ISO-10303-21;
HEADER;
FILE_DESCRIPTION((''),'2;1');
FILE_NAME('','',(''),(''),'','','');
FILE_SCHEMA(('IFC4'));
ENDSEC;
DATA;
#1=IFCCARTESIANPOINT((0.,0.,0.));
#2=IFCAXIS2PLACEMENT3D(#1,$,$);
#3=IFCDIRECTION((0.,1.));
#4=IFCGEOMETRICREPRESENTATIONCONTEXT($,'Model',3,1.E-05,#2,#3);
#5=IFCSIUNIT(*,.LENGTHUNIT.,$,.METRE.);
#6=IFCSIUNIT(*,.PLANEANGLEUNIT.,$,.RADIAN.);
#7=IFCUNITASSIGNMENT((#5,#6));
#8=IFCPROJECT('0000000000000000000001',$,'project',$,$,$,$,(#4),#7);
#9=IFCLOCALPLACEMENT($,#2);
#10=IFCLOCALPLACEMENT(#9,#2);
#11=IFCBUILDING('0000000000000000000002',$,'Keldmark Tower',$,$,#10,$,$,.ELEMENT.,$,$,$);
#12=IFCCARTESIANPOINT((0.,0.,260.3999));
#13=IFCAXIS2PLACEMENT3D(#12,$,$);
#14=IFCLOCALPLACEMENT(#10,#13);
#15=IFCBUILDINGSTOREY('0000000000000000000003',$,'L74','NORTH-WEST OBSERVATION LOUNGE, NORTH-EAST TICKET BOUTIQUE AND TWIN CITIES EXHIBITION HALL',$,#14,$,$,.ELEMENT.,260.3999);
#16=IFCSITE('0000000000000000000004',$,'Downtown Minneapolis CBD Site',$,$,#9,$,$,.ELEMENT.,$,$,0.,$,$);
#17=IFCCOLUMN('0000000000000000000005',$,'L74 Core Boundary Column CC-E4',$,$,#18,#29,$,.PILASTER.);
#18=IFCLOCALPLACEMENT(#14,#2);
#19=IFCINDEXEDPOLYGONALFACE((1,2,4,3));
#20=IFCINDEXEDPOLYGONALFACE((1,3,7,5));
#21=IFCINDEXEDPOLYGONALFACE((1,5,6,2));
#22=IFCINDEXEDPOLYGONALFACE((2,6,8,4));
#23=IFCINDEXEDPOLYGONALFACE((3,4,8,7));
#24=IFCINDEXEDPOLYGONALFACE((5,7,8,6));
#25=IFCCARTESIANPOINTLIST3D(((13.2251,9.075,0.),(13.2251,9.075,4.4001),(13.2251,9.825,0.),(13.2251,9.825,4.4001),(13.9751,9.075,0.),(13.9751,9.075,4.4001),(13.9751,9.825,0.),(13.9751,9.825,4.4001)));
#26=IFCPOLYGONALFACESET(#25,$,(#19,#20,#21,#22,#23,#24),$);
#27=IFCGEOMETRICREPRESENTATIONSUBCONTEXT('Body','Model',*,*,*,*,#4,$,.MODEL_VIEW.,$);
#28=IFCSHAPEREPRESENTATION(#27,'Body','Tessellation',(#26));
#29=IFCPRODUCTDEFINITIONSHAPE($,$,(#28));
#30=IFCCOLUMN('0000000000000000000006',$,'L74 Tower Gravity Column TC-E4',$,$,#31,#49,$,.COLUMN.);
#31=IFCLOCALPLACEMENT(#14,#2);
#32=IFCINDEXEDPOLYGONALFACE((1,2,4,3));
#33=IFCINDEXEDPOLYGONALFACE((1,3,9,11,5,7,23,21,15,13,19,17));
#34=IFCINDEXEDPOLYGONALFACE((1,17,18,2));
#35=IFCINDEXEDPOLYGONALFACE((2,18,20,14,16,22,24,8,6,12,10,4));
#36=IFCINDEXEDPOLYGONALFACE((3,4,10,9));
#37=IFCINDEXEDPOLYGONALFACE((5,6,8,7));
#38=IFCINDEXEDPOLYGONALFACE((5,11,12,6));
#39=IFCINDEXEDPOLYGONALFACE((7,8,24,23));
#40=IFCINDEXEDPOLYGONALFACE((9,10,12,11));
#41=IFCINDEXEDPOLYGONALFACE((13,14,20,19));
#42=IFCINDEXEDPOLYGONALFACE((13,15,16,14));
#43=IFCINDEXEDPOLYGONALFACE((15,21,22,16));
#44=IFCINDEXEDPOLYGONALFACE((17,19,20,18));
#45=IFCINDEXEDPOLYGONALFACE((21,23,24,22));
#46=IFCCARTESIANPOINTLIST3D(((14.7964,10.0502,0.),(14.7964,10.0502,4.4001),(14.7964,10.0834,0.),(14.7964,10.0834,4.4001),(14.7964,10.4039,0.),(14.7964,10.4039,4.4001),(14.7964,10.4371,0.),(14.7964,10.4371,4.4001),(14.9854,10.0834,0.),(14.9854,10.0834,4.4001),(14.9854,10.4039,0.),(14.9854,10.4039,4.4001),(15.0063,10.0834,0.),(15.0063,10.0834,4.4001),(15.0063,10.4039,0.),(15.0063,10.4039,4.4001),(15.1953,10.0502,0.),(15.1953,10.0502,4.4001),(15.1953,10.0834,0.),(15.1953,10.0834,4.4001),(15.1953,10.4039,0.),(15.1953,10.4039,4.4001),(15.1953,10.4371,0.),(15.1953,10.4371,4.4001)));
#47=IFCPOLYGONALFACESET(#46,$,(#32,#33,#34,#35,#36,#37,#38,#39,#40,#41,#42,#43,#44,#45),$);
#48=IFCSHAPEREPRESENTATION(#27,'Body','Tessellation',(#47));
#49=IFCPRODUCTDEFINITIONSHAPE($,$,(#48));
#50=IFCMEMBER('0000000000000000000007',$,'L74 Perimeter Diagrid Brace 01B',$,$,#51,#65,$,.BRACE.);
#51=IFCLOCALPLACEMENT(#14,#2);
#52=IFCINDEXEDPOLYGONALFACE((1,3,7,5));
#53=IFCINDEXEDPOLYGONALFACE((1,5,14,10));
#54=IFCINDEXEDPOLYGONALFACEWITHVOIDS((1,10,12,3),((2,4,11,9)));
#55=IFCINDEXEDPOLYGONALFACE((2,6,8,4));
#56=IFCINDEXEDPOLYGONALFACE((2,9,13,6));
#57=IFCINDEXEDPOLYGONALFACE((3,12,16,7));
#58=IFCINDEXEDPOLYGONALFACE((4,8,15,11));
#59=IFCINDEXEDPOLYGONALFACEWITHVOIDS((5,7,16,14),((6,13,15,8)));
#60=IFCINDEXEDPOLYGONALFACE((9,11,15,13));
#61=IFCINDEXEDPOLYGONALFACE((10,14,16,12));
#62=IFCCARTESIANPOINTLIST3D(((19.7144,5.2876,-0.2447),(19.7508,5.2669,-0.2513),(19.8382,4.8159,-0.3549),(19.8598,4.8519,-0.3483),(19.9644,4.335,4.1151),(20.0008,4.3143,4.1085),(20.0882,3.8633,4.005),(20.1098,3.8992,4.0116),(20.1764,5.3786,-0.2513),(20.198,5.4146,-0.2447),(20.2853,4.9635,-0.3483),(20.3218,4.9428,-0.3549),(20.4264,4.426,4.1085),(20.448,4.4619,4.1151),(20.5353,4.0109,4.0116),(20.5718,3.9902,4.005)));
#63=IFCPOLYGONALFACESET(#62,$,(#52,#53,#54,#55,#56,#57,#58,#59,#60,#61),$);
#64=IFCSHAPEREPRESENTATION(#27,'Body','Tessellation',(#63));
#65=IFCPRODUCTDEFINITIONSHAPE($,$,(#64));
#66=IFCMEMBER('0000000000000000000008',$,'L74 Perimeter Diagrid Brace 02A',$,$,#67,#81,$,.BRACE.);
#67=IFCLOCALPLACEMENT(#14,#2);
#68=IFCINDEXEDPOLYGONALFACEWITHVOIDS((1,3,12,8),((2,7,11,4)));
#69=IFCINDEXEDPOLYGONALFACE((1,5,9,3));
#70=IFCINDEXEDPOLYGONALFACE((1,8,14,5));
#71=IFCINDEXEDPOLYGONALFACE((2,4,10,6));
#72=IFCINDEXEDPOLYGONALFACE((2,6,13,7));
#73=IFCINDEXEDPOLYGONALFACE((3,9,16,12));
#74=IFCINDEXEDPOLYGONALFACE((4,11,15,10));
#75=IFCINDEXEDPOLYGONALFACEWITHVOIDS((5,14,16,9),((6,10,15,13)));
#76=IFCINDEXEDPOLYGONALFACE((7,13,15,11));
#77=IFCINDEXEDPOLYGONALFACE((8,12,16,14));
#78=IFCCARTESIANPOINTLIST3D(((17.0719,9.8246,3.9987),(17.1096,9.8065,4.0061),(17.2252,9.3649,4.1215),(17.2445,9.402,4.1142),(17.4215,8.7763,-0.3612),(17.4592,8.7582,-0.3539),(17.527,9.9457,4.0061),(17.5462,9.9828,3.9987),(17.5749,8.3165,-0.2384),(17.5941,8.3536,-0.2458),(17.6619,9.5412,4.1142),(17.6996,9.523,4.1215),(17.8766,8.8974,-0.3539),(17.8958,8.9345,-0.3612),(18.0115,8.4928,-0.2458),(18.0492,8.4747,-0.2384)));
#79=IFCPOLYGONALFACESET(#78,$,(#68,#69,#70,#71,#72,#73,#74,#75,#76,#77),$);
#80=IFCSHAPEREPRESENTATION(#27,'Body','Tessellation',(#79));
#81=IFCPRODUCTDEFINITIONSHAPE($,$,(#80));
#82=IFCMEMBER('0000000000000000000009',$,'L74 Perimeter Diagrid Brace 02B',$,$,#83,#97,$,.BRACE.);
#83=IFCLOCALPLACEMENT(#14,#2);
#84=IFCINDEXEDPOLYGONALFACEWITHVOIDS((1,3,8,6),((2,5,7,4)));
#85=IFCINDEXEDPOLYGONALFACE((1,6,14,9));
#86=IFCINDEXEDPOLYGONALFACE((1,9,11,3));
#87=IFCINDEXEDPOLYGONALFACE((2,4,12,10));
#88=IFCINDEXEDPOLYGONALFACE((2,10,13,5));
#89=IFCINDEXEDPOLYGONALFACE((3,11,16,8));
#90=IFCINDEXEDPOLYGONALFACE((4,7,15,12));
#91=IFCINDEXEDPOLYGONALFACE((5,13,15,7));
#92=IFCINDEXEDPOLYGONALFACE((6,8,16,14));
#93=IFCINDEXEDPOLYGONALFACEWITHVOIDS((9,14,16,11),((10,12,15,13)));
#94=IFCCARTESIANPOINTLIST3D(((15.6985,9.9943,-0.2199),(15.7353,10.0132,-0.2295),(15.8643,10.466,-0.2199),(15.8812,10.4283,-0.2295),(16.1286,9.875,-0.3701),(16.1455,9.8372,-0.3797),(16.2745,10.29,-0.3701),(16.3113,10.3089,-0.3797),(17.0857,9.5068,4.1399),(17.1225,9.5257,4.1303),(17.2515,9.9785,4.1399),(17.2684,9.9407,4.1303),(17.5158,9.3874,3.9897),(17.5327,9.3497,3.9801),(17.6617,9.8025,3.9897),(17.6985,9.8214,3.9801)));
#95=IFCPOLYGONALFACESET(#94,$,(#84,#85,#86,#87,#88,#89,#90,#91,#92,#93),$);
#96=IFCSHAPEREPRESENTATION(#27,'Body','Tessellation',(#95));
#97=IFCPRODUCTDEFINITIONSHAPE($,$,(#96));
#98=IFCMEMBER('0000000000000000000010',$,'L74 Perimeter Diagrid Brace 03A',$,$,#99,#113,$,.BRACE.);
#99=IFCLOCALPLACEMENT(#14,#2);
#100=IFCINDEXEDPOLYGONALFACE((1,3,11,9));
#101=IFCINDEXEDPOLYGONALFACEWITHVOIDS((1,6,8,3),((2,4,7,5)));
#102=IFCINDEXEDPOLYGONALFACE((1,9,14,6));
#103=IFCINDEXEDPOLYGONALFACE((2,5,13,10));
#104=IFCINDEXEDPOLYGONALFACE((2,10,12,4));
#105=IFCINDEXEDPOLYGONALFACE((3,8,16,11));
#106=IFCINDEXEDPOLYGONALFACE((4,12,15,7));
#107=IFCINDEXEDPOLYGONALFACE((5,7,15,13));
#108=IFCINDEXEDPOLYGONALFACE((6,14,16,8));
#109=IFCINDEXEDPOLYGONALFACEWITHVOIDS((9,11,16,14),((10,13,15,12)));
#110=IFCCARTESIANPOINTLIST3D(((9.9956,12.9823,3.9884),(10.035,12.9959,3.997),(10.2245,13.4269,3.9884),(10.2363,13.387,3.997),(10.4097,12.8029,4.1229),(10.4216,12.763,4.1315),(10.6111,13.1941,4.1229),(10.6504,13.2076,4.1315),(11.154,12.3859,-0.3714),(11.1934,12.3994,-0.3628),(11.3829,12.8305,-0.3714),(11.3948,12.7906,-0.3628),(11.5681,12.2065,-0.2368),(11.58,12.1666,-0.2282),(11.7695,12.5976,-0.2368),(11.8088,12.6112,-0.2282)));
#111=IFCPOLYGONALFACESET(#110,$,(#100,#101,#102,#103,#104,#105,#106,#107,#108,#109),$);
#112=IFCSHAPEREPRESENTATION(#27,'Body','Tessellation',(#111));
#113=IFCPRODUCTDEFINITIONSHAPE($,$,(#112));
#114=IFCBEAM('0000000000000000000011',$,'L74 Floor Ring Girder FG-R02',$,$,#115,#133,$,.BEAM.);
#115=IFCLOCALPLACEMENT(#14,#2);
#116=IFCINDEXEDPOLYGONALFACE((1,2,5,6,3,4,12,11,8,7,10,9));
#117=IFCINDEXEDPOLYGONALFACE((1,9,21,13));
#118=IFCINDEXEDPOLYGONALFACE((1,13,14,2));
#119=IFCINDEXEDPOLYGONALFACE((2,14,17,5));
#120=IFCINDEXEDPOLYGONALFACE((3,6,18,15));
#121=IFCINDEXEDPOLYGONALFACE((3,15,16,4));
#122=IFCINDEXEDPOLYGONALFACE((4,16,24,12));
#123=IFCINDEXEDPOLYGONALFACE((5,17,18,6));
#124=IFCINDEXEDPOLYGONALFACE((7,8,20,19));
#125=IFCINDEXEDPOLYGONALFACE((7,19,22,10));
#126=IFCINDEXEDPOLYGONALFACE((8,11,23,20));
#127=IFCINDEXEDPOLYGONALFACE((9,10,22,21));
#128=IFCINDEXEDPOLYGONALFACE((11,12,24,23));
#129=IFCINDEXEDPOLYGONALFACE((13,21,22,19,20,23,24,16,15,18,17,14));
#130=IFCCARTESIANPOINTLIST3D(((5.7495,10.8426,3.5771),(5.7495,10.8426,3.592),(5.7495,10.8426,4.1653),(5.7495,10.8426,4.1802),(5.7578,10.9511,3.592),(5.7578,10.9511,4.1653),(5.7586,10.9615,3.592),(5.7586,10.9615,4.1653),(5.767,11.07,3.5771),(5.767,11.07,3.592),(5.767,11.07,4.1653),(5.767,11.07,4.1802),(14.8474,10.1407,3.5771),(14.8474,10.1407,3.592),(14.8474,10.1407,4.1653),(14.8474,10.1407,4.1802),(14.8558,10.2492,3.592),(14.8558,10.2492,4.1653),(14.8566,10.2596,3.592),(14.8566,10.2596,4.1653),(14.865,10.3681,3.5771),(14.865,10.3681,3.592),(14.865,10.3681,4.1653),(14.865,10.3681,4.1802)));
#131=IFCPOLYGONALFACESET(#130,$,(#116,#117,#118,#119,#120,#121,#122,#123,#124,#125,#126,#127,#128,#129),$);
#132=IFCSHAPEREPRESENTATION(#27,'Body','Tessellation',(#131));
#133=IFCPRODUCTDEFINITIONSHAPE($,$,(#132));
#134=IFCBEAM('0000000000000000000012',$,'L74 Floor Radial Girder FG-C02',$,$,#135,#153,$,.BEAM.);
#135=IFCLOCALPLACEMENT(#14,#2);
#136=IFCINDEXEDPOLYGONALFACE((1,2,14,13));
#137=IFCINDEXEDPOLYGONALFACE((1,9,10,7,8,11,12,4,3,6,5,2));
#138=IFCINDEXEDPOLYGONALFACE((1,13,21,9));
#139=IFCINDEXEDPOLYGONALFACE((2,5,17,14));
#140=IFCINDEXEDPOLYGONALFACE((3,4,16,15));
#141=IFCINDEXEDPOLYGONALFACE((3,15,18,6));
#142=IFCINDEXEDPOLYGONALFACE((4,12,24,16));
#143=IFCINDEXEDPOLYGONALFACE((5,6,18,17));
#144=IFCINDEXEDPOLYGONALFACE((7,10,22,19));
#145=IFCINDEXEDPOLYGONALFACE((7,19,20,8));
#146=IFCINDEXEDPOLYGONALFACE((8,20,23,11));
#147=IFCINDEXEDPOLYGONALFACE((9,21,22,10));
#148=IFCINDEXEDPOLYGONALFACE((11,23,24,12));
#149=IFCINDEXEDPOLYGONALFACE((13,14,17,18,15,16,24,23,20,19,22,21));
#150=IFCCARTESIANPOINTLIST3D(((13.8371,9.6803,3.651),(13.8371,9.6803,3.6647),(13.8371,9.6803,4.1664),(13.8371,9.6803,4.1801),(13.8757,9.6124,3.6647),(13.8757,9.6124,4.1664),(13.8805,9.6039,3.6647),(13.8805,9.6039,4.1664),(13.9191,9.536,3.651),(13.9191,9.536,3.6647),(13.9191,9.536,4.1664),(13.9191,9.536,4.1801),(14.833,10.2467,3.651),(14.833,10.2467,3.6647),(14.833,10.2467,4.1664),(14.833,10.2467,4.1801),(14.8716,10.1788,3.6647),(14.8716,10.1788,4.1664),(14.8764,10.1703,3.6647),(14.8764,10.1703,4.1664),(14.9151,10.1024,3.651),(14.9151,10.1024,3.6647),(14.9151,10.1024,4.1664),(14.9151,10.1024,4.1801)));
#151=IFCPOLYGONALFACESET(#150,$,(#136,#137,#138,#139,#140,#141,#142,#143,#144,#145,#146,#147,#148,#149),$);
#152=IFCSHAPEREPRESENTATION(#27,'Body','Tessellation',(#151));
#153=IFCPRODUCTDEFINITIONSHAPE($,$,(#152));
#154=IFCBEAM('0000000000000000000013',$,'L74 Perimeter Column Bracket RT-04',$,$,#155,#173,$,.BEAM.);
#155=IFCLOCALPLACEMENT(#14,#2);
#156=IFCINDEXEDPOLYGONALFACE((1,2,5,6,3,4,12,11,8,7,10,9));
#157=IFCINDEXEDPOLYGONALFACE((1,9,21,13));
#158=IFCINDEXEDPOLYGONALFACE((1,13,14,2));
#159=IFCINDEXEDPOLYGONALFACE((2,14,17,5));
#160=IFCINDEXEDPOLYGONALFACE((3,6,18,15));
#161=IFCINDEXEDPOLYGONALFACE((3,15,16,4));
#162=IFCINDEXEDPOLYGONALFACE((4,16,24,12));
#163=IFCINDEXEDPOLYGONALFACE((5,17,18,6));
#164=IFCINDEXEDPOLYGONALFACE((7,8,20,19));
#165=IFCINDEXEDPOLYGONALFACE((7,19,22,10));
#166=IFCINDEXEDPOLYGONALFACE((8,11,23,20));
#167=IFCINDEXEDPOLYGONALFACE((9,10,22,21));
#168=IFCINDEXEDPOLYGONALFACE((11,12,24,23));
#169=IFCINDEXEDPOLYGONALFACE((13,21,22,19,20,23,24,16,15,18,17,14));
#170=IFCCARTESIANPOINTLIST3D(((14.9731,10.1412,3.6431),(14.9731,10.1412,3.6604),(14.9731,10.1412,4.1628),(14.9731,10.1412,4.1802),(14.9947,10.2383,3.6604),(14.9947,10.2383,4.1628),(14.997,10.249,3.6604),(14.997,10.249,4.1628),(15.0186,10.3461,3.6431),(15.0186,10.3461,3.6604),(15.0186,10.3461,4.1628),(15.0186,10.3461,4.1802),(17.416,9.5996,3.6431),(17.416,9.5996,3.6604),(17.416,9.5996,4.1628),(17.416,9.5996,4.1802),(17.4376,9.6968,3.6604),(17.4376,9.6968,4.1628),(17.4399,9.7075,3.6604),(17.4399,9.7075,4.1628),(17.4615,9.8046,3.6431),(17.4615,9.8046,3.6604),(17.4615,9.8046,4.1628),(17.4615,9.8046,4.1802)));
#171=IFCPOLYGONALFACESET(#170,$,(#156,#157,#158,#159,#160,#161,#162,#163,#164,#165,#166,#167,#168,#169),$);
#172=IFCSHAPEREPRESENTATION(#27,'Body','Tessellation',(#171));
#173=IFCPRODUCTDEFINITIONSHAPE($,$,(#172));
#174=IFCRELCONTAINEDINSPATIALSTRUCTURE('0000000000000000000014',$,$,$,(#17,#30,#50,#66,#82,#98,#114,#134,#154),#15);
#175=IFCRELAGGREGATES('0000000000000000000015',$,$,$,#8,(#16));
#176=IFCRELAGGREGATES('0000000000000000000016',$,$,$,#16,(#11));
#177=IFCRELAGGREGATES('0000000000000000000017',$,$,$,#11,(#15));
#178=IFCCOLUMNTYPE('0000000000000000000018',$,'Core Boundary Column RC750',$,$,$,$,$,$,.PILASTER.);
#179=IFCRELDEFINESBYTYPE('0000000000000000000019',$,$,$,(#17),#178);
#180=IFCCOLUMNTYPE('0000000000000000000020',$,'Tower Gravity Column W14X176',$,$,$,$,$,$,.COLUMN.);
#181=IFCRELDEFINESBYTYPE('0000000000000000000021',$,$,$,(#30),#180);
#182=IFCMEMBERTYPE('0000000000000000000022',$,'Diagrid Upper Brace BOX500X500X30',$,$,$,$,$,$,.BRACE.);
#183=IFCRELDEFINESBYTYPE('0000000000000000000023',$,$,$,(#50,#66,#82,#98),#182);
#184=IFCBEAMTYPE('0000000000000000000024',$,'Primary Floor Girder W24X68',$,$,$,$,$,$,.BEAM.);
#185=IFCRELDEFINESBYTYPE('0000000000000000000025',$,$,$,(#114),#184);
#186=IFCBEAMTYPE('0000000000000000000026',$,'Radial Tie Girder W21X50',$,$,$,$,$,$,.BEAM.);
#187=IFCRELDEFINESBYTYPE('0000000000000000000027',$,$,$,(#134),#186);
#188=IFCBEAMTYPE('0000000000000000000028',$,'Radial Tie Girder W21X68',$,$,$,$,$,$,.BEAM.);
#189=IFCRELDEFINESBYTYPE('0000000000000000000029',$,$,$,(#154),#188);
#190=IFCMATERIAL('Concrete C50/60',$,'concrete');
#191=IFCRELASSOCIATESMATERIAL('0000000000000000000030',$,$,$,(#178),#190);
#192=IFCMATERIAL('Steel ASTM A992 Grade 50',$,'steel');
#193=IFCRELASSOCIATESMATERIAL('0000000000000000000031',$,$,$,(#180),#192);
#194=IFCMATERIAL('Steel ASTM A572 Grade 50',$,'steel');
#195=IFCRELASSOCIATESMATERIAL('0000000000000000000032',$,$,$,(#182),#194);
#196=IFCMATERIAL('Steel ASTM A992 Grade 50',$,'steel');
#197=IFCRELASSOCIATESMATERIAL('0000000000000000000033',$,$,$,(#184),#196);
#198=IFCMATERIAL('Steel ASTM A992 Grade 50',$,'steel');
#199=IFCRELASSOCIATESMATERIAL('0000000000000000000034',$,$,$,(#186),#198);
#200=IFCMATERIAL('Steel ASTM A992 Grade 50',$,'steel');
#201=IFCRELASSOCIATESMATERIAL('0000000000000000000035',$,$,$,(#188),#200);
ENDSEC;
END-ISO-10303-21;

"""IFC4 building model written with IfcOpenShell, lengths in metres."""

from ifc_helpers import new_model, si_unit, direction, frame, origin, origin_2d, place, context, subcontext, project, spatial, rectangle, hollow_rectangle, i_section, extrude, material, material_profile, profile_set, type_object, element, save


model = new_model("IFC4")

# Units and contexts
model_context = context("Model", 3, precision=1e-05, world=origin(), true_north=direction((0.0, 1.0)))
body_context = subcontext(model_context, "Body", "Model", "MODEL_VIEW")
ifc_project = project(units=[si_unit("LENGTHUNIT", "METRE"), si_unit("PLANEANGLEUNIT", "RADIAN")], contexts=[model_context])

# Site, building, storey
site_placement = place(None, origin())
site = spatial("IfcSite", under=ifc_project, at=site_placement, Name="Downtown Minneapolis CBD Site", CompositionType="ELEMENT", RefElevation=0.0)
building_placement = place(site_placement, origin())
building = spatial("IfcBuilding", under=site, at=building_placement, Name="Keldmark Tower", CompositionType="ELEMENT")
storey_placement = place(building_placement, frame((0.0, 0.0, 260.3999)))
storey = spatial("IfcBuildingStorey", under=building, at=storey_placement, Name="L74", Description="NORTH-WEST OBSERVATION LOUNGE, NORTH-EAST TICKET BOUTIQUE AND TWIN CITIES EXHIBITION HALL", CompositionType="ELEMENT", Elevation=260.3999)

# Columns
ifc_material_1 = material(Name="Concrete C50/60", Category="concrete")
ifc_material_profile_1 = material_profile(ifc_material_1, rectangle(XDim=0.75, YDim=0.75, at=origin_2d()), Name="RC750X750")
ifc_profile_set_1 = profile_set([ifc_material_profile_1], Name="Concrete C50/60")
column_type_1 = type_object("IfcColumnType", Name="Core Boundary Column RC750", PredefinedType="PILASTER", material=ifc_profile_set_1)
column_1_placement = place(storey_placement, frame((13.6001, 9.45, 0.0), z_axis=(0.0, 0.0, 1.0), x_axis=(1.0, 0.0, 0.0)))
element("IfcColumn", 1, at=column_1_placement, inside=storey, type_object=column_type_1, Name="L74 Core Boundary Column CC-E4", PredefinedType="PILASTER", context=body_context, shape_type="SweptSolid", body=[
    extrude(rectangle(XDim=0.75, YDim=0.75, at=origin_2d()), origin(), (0.0, 0.0, 1.0), 4.4001),
])
ifc_material_2 = material(Name="Steel ASTM A992 Grade 50", Category="steel")
ifc_material_profile_2 = material_profile(ifc_material_2, i_section(OverallWidth=0.3989, OverallDepth=0.387, WebThickness=0.021, FlangeThickness=0.0332, at=origin_2d()), Name="W14X176")
ifc_profile_set_2 = profile_set([ifc_material_profile_2], Name="Steel ASTM A992 Grade 50")
column_type_2 = type_object("IfcColumnType", Name="Tower Gravity Column W14X176", PredefinedType="COLUMN", material=ifc_profile_set_2)
column_2_placement = place(storey_placement, frame((14.9958, 10.2437, 0.0), z_axis=(0.0, 0.0, 1.0), x_axis=(1.0, 0.0, 0.0)))
element("IfcColumn", 2, at=column_2_placement, inside=storey, type_object=column_type_2, Name="L74 Tower Gravity Column TC-E4", PredefinedType="COLUMN", context=body_context, shape_type="SweptSolid", body=[
    extrude(i_section(OverallWidth=0.3989, OverallDepth=0.387, WebThickness=0.021, FlangeThickness=0.0332, at=origin_2d()), origin(), (0.0, 0.0, 1.0), 4.4001),
])

# Members
ifc_material_3 = material(Name="Steel ASTM A572 Grade 50", Category="steel")
ifc_material_profile_3 = material_profile(ifc_material_3, hollow_rectangle(XDim=0.5, YDim=0.5, WallThickness=0.03, at=origin_2d()), Name="BOX500X500X30")
ifc_profile_set_3 = profile_set([ifc_material_profile_3], Name="Steel ASTM A572 Grade 50")
member_type = type_object("IfcMemberType", Name="Diagrid Upper Brace BOX500X500X30", PredefinedType="BRACE", material=ifc_profile_set_3)
member_1_placement = place(storey_placement, frame((20.0181, 5.1152, -0.2998), z_axis=(0.055932, -0.213131, 0.975421), x_axis=(0.967248, 0.253834, 0.0)))
element("IfcMember", 3, at=member_1_placement, inside=storey, type_object=member_type, Name="L74 Perimeter Diagrid Brace 01B", PredefinedType="BRACE", context=body_context, shape_type="SweptSolid", body=[
    extrude(hollow_rectangle(XDim=0.5, YDim=0.5, WallThickness=0.03, at=origin_2d()), origin(), (0.0, 0.0, 1.0), 4.4697),
])
member_2_placement = place(storey_placement, frame((17.7354, 8.6255, -0.2998), z_axis=(-0.07773, 0.233082, 0.969346), x_axis=(-0.948639, -0.31636, 0.0)))
element("IfcMember", 4, at=member_2_placement, inside=storey, type_object=member_type, Name="L74 Perimeter Diagrid Brace 02A", PredefinedType="BRACE", context=body_context, shape_type="SweptSolid", body=[
    extrude(hollow_rectangle(XDim=0.5, YDim=0.5, WallThickness=0.03, at=origin_2d()), origin(), (0.0, 0.0, 1.0), 4.4978),
])
member_3_placement = place(storey_placement, frame((16.0049, 10.1516, -0.2998), z_axis=(0.301492, -0.105963, 0.947562), x_axis=(0.331578, 0.943428, 0.0)))
element("IfcMember", 5, at=member_3_placement, inside=storey, type_object=member_type, Name="L74 Perimeter Diagrid Brace 02B", PredefinedType="BRACE", context=body_context, shape_type="SweptSolid", body=[
    extrude(hollow_rectangle(XDim=0.5, YDim=0.5, WallThickness=0.03, at=origin_2d()), origin(), (0.0, 0.0, 1.0), 4.6011),
])
member_4_placement = place(storey_placement, frame((11.4814, 12.4985, -0.2998), z_axis=(-0.254581, 0.131073, 0.958127), x_axis=(-0.45775, -0.889081, 0.0)))
element("IfcMember", 6, at=member_4_placement, inside=storey, type_object=member_type, Name="L74 Perimeter Diagrid Brace 03A", PredefinedType="BRACE", context=body_context, shape_type="SweptSolid", body=[
    extrude(hollow_rectangle(XDim=0.5, YDim=0.5, WallThickness=0.03, at=origin_2d()), origin(), (0.0, 0.0, 1.0), 4.5503),
])

# Beams
ifc_material_4 = material(Name="Steel ASTM A992 Grade 50", Category="steel")
ifc_material_profile_4 = material_profile(ifc_material_4, i_section(OverallWidth=0.228, OverallDepth=0.603, WebThickness=0.0105, FlangeThickness=0.0149, at=origin_2d()), Name="W24X68")
ifc_profile_set_4 = profile_set([ifc_material_profile_4], Name="Steel ASTM A992 Grade 50")
beam_type_1 = type_object("IfcBeamType", Name="Primary Floor Girder W24X68", PredefinedType="BEAM", material=ifc_profile_set_4)
beam_1_placement = place(storey_placement, frame((14.8562, 10.2544, 3.8787), z_axis=(-0.997037, 0.076922, 0.0), x_axis=(-0.076922, -0.997037, 0.0)))
element("IfcBeam", 7, at=beam_1_placement, inside=storey, type_object=beam_type_1, Name="L74 Floor Ring Girder FG-R02", PredefinedType="BEAM", context=body_context, shape_type="SweptSolid", body=[
    extrude(i_section(OverallWidth=0.228, OverallDepth=0.603, WebThickness=0.0105, FlangeThickness=0.0149, at=origin_2d()), origin(), (0.0, 0.0, 1.0), 9.125),
])
ifc_material_5 = material(Name="Steel ASTM A992 Grade 50", Category="steel")
ifc_material_profile_5 = material_profile(ifc_material_5, i_section(OverallWidth=0.166, OverallDepth=0.5291, WebThickness=0.0098, FlangeThickness=0.0137, at=origin_2d()), Name="W21X50")
ifc_profile_set_5 = profile_set([ifc_material_profile_5], Name="Steel ASTM A992 Grade 50")
beam_type_2 = type_object("IfcBeamType", Name="Radial Tie Girder W21X50", PredefinedType="BEAM", material=ifc_profile_set_5)
beam_2_placement = place(storey_placement, frame((14.874, 10.1746, 3.9155), z_axis=(-0.869238, -0.494394, 0.0), x_axis=(0.494394, -0.869238, 0.0)))
element("IfcBeam", 8, at=beam_2_placement, inside=storey, type_object=beam_type_2, Name="L74 Floor Radial Girder FG-C02", PredefinedType="BEAM", context=body_context, shape_type="SweptSolid", body=[
    extrude(i_section(OverallWidth=0.166, OverallDepth=0.5291, WebThickness=0.0098, FlangeThickness=0.0137, at=origin_2d()), origin(), (0.0, 0.0, 1.0), 1.1458),
])
ifc_material_6 = material(Name="Steel ASTM A992 Grade 50", Category="steel")
ifc_material_profile_6 = material_profile(ifc_material_6, i_section(OverallWidth=0.21, OverallDepth=0.5371, WebThickness=0.011, FlangeThickness=0.0173, at=origin_2d()), Name="W21X68")
ifc_profile_set_6 = profile_set([ifc_material_profile_6], Name="Steel ASTM A992 Grade 50")
beam_type_3 = type_object("IfcBeamType", Name="Radial Tie Girder W21X68", PredefinedType="BEAM", material=ifc_profile_set_6)
beam_3_placement = place(storey_placement, frame((14.9958, 10.2437, 3.9116), z_axis=(0.976302, -0.216414, 0.0), x_axis=(0.216414, 0.976302, 0.0)))
element("IfcBeam", 9, at=beam_3_placement, inside=storey, type_object=beam_type_3, Name="L74 Perimeter Column Bracket RT-04", PredefinedType="BEAM", context=body_context, shape_type="SweptSolid", body=[
    extrude(i_section(OverallWidth=0.21, OverallDepth=0.5371, WebThickness=0.011, FlangeThickness=0.0173, at=origin_2d()), origin(), (0.0, 0.0, 1.0), 2.5022),
])

save(model, "model.ifc")
